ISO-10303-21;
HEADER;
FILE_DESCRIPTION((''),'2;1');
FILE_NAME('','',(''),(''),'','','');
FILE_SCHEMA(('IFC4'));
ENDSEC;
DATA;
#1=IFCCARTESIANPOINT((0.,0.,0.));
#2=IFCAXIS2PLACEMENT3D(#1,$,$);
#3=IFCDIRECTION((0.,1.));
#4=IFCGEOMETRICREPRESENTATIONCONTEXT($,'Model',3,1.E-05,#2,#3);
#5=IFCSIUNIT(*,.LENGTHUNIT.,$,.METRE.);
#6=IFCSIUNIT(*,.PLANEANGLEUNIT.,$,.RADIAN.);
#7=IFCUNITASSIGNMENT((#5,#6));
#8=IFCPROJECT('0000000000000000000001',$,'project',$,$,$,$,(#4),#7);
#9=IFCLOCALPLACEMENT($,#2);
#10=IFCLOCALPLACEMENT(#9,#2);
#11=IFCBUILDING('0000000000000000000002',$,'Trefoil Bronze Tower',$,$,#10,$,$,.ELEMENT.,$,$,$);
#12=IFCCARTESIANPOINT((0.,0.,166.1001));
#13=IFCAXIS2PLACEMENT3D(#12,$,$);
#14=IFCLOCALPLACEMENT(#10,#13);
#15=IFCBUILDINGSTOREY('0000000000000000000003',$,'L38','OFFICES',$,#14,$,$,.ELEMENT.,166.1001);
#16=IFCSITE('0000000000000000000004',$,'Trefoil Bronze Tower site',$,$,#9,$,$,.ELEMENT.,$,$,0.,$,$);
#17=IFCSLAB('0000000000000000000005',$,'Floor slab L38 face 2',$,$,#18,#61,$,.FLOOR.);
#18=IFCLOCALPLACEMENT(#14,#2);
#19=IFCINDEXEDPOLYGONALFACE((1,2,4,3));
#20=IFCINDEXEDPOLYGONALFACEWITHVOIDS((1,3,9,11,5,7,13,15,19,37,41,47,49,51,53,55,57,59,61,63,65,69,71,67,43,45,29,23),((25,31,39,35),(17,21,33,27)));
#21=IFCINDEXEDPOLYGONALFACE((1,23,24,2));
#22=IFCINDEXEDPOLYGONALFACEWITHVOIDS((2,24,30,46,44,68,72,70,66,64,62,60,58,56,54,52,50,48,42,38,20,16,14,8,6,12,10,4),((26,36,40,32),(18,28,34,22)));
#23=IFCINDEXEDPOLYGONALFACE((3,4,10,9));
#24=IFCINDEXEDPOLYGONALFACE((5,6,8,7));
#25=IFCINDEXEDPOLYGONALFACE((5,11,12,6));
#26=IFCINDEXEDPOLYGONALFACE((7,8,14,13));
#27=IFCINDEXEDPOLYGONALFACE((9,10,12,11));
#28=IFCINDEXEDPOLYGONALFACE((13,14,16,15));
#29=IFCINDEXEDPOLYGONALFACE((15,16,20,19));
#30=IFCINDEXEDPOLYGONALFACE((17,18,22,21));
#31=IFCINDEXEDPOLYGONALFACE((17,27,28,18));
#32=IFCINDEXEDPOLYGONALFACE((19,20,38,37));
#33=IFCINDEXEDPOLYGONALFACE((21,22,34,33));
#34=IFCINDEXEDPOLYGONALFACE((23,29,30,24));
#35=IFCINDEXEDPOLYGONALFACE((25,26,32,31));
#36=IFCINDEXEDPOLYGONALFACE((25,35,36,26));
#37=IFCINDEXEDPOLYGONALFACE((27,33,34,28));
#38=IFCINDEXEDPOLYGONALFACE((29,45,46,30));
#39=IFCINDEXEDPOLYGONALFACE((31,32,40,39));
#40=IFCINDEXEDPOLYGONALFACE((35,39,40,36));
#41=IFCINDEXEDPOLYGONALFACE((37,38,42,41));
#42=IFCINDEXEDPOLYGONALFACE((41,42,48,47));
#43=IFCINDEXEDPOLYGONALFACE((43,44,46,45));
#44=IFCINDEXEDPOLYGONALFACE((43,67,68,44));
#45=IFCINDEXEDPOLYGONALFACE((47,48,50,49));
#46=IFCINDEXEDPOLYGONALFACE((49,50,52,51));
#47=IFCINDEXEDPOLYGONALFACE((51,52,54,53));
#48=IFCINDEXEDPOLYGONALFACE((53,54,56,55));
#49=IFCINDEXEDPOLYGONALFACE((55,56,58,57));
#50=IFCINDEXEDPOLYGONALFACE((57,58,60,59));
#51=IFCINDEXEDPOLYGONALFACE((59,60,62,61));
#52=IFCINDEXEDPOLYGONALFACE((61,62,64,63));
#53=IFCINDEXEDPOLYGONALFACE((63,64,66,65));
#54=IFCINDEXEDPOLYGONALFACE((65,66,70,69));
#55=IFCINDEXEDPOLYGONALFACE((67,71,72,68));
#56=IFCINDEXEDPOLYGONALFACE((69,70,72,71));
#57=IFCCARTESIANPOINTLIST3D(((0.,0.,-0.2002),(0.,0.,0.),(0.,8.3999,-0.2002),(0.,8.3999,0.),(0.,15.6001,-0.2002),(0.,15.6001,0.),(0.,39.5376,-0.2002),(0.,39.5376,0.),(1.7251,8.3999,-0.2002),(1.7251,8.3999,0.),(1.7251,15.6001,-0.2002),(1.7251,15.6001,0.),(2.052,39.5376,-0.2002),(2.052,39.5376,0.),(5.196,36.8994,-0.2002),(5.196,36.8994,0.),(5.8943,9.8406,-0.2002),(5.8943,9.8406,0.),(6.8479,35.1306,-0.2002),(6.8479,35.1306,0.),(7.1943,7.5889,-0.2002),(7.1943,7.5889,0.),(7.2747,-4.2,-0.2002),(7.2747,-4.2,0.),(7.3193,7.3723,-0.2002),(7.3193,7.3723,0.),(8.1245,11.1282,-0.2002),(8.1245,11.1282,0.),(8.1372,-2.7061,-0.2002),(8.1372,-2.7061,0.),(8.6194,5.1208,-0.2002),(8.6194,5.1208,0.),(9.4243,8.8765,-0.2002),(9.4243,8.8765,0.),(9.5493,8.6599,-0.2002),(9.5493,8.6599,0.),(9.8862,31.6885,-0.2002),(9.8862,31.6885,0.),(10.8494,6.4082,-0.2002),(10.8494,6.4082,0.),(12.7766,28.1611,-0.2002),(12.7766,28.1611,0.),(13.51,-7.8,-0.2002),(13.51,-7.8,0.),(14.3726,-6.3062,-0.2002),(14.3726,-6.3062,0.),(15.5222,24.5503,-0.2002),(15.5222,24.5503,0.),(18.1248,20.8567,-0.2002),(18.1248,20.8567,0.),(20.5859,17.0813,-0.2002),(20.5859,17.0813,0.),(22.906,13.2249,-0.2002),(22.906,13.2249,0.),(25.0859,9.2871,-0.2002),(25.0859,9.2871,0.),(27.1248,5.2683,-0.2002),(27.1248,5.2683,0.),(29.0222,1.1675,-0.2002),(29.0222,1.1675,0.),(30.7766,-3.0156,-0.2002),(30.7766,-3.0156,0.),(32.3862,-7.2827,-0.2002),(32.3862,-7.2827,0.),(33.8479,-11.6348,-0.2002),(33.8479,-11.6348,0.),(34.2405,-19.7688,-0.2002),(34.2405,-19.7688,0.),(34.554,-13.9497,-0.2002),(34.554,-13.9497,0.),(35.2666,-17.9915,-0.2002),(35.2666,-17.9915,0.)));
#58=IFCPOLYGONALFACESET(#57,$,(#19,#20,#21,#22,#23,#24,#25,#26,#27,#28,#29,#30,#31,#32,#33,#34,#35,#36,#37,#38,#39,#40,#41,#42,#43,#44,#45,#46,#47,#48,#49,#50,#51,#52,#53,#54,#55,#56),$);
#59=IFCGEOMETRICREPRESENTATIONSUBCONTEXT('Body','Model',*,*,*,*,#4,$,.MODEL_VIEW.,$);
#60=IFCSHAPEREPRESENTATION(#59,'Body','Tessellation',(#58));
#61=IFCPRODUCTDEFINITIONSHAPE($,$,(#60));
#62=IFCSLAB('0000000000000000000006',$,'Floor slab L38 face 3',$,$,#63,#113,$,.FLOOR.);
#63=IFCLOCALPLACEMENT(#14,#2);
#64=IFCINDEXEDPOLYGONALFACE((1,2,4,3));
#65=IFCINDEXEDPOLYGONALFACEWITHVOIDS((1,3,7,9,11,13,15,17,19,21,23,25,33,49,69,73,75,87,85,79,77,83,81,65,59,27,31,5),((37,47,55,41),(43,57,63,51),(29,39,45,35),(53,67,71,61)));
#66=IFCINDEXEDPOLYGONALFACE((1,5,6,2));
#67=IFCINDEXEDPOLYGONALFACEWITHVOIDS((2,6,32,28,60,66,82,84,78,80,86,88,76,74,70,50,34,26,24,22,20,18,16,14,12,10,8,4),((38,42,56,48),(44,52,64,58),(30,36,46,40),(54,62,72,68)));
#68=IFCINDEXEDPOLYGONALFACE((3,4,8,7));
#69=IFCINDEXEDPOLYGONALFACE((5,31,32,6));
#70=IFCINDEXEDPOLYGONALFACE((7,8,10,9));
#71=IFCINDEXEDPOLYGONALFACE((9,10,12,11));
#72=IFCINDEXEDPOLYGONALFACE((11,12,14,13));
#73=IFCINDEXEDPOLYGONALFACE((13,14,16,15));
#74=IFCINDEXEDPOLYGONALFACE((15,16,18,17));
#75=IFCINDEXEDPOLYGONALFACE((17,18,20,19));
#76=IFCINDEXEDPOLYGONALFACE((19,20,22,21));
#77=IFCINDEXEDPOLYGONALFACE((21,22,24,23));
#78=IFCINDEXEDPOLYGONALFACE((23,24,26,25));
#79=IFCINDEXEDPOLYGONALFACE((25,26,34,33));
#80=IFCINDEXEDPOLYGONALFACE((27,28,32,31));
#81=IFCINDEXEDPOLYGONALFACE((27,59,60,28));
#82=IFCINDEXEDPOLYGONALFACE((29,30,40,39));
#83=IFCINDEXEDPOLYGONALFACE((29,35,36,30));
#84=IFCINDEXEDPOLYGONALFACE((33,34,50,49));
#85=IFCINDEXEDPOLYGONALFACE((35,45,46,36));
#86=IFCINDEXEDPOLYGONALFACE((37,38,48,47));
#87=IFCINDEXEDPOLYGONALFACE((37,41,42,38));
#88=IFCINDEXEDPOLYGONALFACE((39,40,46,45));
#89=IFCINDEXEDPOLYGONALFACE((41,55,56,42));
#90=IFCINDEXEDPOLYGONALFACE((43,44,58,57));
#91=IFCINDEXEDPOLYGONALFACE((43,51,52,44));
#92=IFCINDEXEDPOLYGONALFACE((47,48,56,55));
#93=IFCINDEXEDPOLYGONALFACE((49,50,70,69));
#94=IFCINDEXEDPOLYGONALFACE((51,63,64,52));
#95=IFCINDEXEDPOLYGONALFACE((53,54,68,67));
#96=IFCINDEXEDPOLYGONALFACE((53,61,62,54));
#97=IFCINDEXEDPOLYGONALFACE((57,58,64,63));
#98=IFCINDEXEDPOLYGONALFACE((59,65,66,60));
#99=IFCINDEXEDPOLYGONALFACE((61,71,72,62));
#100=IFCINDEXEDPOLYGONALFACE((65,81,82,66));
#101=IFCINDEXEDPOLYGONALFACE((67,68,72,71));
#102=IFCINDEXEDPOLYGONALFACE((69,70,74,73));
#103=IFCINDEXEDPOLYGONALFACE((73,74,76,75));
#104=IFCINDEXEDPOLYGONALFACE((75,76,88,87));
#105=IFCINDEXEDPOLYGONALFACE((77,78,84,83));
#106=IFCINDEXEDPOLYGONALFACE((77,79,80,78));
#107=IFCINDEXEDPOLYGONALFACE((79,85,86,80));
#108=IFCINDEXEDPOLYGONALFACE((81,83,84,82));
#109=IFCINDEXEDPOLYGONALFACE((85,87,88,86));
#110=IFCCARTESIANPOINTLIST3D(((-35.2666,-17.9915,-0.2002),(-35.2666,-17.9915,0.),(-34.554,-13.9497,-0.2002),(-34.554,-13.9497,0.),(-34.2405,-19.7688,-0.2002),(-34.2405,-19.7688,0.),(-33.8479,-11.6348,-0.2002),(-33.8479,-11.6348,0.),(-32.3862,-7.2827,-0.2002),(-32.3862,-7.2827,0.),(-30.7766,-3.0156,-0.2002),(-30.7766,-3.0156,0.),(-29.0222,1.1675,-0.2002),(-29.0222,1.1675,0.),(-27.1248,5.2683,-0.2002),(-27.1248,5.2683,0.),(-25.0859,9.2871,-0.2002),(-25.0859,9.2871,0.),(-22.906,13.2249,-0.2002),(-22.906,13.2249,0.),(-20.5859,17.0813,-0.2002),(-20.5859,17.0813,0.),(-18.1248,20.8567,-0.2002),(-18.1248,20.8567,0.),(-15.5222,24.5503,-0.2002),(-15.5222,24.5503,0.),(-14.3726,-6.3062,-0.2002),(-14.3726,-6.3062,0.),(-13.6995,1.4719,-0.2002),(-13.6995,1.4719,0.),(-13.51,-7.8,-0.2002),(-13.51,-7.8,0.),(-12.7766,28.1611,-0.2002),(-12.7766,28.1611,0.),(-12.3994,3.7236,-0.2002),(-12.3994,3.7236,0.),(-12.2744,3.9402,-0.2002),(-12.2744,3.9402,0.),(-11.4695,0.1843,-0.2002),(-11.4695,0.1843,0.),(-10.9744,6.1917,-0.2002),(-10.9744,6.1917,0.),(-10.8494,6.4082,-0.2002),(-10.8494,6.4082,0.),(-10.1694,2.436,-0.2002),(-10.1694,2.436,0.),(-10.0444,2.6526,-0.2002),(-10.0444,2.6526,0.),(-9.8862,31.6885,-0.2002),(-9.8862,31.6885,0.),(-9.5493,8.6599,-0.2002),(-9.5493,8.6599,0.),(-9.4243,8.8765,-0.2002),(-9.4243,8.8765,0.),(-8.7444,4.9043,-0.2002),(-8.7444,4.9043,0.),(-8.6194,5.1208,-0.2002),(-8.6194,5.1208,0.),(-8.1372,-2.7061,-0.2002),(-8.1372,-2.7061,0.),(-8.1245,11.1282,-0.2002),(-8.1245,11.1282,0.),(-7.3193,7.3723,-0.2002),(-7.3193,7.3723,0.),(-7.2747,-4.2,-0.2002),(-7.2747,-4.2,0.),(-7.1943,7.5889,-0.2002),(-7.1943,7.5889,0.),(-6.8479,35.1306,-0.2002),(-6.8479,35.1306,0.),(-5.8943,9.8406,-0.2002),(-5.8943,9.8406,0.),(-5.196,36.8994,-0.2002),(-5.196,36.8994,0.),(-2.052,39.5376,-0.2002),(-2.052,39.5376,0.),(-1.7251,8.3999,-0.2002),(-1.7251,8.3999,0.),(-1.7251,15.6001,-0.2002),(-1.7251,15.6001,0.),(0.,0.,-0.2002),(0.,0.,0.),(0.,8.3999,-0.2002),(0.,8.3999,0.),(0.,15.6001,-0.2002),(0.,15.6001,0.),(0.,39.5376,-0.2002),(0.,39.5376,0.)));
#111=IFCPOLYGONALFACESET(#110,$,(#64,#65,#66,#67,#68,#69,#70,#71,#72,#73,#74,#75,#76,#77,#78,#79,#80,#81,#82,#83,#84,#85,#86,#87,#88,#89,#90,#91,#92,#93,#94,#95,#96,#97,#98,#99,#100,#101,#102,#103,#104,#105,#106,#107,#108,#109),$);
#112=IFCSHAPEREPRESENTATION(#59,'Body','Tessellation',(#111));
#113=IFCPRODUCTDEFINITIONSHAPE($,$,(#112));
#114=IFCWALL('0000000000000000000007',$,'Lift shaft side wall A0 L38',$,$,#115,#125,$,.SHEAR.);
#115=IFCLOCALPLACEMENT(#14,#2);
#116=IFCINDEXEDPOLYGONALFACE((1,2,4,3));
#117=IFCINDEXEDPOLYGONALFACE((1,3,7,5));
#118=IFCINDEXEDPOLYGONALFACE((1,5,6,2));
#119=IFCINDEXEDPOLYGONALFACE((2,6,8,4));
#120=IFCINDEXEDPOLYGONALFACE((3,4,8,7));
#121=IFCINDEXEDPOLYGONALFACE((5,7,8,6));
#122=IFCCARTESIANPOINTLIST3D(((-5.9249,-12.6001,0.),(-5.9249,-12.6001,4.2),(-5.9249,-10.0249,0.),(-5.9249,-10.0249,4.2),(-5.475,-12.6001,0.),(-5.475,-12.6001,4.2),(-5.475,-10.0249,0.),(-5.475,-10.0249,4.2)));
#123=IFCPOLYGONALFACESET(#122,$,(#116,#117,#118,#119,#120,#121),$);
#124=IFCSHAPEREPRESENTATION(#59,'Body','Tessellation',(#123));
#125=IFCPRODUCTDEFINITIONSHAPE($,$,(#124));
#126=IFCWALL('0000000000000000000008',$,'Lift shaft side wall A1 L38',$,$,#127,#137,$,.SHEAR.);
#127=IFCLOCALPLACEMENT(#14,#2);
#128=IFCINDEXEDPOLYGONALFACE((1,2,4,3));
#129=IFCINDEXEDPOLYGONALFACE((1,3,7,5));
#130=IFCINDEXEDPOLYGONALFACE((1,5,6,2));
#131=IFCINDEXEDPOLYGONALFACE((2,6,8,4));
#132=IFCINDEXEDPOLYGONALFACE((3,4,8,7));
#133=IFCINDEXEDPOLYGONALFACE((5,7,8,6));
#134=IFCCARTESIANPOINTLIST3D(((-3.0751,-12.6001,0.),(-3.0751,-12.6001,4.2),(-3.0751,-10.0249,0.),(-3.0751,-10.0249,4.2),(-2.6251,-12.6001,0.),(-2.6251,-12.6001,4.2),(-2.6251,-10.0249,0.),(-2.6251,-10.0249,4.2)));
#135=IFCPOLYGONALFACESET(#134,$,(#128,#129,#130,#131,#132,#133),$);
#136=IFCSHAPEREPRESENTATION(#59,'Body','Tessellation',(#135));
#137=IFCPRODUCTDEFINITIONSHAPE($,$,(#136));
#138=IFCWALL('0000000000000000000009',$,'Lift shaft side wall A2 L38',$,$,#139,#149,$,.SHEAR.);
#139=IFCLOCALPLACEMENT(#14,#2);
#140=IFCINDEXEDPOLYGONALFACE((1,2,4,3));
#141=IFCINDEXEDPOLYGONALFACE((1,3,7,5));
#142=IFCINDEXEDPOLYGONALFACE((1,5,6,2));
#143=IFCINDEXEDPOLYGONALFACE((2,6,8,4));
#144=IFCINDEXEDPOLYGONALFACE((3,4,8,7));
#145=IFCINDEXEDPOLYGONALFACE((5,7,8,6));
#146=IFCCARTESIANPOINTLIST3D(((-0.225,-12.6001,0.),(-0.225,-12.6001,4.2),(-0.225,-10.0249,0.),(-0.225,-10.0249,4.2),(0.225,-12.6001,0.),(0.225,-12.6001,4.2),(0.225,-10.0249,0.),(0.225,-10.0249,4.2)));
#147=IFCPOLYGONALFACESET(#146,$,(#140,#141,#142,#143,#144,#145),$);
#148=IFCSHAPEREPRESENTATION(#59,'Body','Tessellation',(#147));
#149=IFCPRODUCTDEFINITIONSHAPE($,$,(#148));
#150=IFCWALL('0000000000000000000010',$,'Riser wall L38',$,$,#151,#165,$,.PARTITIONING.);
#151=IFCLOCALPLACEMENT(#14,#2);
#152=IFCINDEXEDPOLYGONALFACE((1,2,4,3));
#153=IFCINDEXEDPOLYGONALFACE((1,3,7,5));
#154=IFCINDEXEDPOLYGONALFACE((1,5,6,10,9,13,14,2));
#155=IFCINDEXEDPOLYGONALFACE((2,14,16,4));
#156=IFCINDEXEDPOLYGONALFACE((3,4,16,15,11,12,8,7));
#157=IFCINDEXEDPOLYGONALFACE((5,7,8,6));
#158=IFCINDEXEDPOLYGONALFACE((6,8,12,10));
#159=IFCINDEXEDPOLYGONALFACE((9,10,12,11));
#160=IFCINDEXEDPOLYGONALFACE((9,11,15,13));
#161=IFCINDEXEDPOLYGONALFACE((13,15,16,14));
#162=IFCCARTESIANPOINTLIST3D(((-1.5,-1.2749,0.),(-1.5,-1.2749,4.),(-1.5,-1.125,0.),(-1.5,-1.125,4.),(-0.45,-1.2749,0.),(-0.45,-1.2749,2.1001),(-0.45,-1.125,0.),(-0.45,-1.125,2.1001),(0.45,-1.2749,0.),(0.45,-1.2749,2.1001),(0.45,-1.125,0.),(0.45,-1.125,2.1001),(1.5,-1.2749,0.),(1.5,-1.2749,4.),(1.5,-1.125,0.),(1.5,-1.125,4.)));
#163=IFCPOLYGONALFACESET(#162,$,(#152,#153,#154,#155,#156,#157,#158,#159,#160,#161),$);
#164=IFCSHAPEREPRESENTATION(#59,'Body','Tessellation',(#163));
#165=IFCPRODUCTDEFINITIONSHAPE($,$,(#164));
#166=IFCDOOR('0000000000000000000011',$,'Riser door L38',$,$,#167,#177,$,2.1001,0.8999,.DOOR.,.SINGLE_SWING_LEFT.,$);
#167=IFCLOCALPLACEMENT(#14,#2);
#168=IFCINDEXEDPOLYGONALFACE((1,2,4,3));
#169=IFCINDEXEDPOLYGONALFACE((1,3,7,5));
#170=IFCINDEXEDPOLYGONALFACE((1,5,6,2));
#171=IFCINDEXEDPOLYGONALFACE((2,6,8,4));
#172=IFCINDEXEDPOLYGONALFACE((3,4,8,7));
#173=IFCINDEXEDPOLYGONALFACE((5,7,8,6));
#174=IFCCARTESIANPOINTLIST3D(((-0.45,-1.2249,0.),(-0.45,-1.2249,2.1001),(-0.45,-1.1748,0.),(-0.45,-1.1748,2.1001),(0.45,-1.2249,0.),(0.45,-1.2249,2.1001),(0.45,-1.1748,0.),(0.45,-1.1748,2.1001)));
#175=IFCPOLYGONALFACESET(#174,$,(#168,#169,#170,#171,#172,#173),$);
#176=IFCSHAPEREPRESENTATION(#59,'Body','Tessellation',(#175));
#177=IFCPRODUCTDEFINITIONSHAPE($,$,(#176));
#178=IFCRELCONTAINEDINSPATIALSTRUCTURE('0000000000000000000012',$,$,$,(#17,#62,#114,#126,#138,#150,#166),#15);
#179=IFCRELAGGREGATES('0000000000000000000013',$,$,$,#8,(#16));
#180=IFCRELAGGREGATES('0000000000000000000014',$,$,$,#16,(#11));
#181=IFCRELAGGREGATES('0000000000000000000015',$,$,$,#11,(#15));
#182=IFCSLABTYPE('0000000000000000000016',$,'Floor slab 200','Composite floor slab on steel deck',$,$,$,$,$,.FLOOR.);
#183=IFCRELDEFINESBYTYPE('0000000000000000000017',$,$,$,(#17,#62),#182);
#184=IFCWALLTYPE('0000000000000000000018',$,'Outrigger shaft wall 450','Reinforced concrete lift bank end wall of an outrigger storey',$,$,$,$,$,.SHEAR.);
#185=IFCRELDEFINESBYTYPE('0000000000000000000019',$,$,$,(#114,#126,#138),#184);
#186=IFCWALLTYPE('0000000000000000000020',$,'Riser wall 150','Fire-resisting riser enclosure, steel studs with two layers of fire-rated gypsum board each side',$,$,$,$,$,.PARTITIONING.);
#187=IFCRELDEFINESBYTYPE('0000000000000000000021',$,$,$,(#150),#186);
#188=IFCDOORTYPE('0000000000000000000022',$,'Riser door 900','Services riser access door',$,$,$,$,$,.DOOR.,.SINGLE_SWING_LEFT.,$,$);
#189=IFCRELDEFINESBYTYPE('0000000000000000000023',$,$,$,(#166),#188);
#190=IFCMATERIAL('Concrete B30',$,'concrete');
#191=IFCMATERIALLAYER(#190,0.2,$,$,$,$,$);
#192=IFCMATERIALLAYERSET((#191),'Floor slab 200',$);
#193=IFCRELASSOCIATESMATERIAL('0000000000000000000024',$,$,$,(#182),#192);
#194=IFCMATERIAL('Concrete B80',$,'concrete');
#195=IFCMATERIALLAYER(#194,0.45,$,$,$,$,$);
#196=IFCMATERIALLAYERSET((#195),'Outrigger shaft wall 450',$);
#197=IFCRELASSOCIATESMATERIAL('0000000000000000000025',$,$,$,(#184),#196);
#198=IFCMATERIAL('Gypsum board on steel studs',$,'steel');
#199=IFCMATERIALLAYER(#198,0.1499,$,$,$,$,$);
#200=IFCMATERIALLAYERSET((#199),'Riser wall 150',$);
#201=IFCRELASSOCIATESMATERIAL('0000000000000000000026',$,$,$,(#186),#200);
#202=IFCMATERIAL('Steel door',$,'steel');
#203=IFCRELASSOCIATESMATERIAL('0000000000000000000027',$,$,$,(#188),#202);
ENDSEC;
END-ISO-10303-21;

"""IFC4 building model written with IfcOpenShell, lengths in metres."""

from ifc_helpers import new_model, si_unit, direction, frame, frame_2d, origin, place, context, subcontext, project, spatial, polyline, rectangle, outline, extrude, material, layer, layer_set, type_object, element, fill, save


model = new_model("IFC4")

# Units and contexts
model_context = context("Model", 3, precision=1e-05, world=origin(), true_north=direction((0.0, 1.0)))
body_context = subcontext(model_context, "Body", "Model", "MODEL_VIEW")
ifc_project = project(units=[si_unit("LENGTHUNIT", "METRE"), si_unit("PLANEANGLEUNIT", "RADIAN")], contexts=[model_context])

# Site, building, storey
site_placement = place(None, origin())
site = spatial("IfcSite", under=ifc_project, at=site_placement, Name="Trefoil Bronze Tower site", CompositionType="ELEMENT", RefElevation=0.0)
building_placement = place(site_placement, origin())
building = spatial("IfcBuilding", under=site, at=building_placement, Name="Trefoil Bronze Tower", CompositionType="ELEMENT")
storey_placement = place(building_placement, frame((0.0, 0.0, 166.1001)))
storey = spatial("IfcBuildingStorey", under=building, at=storey_placement, Name="L38", Description="OFFICES", CompositionType="ELEMENT", Elevation=166.1001)

# Slabs
ifc_material_1 = material(Name="Concrete B30", Category="concrete")
ifc_layer_1 = layer(ifc_material_1, 0.2)
ifc_layer_set_1 = layer_set([ifc_layer_1], Name="Floor slab 200")
slab_type = type_object("IfcSlabType", Name="Floor slab 200", Description="Composite floor slab on steel deck", PredefinedType="FLOOR", material=ifc_layer_set_1)
slab_1_placement = place(storey_placement, frame((0.0, 0.0, -0.2002)))
element("IfcSlab", 1, at=slab_1_placement, inside=storey, type_object=slab_type, Name="Floor slab L38 face 2", PredefinedType="FLOOR", context=body_context, shape_type="SweptSolid", body=[
    extrude(outline(polyline([(9.8862, 31.6885), (12.7766, 28.1611), (15.5222, 24.5503), (18.1248, 20.8567), (20.5859, 17.0813), (22.906, 13.2249), (25.0859, 9.2871), (27.1248, 5.2683), (29.0222, 1.1675), (30.7766, -3.0156), (32.3862, -7.2827), (33.8479, -11.6348), (34.554, -13.9497), (35.2666, -17.9915), (34.2405, -19.7688), (13.51, -7.8), (14.3726, -6.3062), (8.1372, -2.7061), (7.2747, -4.2), (0.0, 0.0), (0.0, 8.3999), (1.7251, 8.3999), (1.7251, 15.6001), (0.0, 15.6001), (0.0, 39.5376), (2.052, 39.5376), (5.196, 36.8994), (6.8479, 35.1306), (9.8862, 31.6885)]), holes=[polyline([(8.6194, 5.1208), (7.3193, 7.3723), (9.5493, 8.6599), (10.8494, 6.4082), (8.6194, 5.1208)]), polyline([(7.1943, 7.5889), (5.8943, 9.8406), (8.1245, 11.1282), (9.4243, 8.8765), (7.1943, 7.5889)])]), origin(), (0.0, 0.0, 1.0), 0.2002),
])
slab_2_placement = place(storey_placement, frame((0.0, 0.0, -0.2002)))
element("IfcSlab", 2, at=slab_2_placement, inside=storey, type_object=slab_type, Name="Floor slab L38 face 3", PredefinedType="FLOOR", context=body_context, shape_type="SweptSolid", body=[
    extrude(outline(polyline([(-32.3862, -7.2827), (-30.7766, -3.0156), (-29.0222, 1.1675), (-27.1248, 5.2683), (-25.0859, 9.2871), (-22.906, 13.2249), (-20.5859, 17.0813), (-18.1248, 20.8567), (-15.5222, 24.5503), (-12.7766, 28.1611), (-9.8862, 31.6885), (-6.8479, 35.1306), (-5.196, 36.8994), (-2.052, 39.5376), (0.0, 39.5376), (0.0, 15.6001), (-1.7251, 15.6001), (-1.7251, 8.3999), (0.0, 8.3999), (0.0, 0.0), (-7.2747, -4.2), (-8.1372, -2.7061), (-14.3726, -6.3062), (-13.51, -7.8), (-34.2405, -19.7688), (-35.2666, -17.9915), (-34.554, -13.9497), (-33.8479, -11.6348), (-32.3862, -7.2827)]), holes=[polyline([(-5.8943, 9.8406), (-7.1943, 7.5889), (-9.4243, 8.8765), (-8.1245, 11.1282), (-5.8943, 9.8406)]), polyline([(-7.3193, 7.3723), (-8.6194, 5.1208), (-10.8494, 6.4082), (-9.5493, 8.6599), (-7.3193, 7.3723)]), polyline([(-8.7444, 4.9043), (-10.0444, 2.6526), (-12.2744, 3.9402), (-10.9744, 6.1917), (-8.7444, 4.9043)]), polyline([(-10.1694, 2.436), (-11.4695, 0.1843), (-13.6995, 1.4719), (-12.3994, 3.7236), (-10.1694, 2.436)])]), origin(), (0.0, 0.0, 1.0), 0.2002),
])

# Walls
ifc_material_2 = material(Name="Concrete B80", Category="concrete")
ifc_layer_2 = layer(ifc_material_2, 0.45)
ifc_layer_set_2 = layer_set([ifc_layer_2], Name="Outrigger shaft wall 450")
wall_type_1 = type_object("IfcWallType", Name="Outrigger shaft wall 450", Description="Reinforced concrete lift bank end wall of an outrigger storey", PredefinedType="SHEAR", material=ifc_layer_set_2)
for number, where, z_axis, x_axis, name in (
    (3, (-5.7, -10.0249, 0.0), (0.0, 0.0, 1.0), (0.0, -1.0, 0.0), "Lift shaft side wall A0 L38"),
    (4, (-2.8501, -10.0249, 0.0), (0.0, 0.0, 1.0), (0.0, -1.0, 0.0), "Lift shaft side wall A1 L38"),
    (5, (0.0, -10.0249, 0.0), (0.0, 0.0, 1.0), (0.0, -1.0, 0.0), "Lift shaft side wall A2 L38"),
):
    element("IfcWall", number, at=place(storey_placement, frame(where, z_axis=z_axis, x_axis=x_axis)), inside=storey, type_object=wall_type_1, Name=name, PredefinedType="SHEAR", context=body_context, shape_type="SweptSolid", body=[
        extrude(rectangle(XDim=2.5752, YDim=0.45, at=frame_2d((1.2876, 0.0))), origin(), (0.0, 0.0, 1.0), 4.2),
    ])

# Wall, opening, door
ifc_material_3 = material(Name="Gypsum board on steel studs", Category="steel")
ifc_layer_3 = layer(ifc_material_3, 0.1499)
ifc_layer_set_3 = layer_set([ifc_layer_3], Name="Riser wall 150")
wall_type_2 = type_object("IfcWallType", Name="Riser wall 150", Description="Fire-resisting riser enclosure, steel studs with two layers of fire-rated gypsum board each side", PredefinedType="PARTITIONING", material=ifc_layer_set_3)
wall_1_placement = place(storey_placement, frame((-1.5, -1.2, 0.0), z_axis=(0.0, 0.0, 1.0), x_axis=(1.0, 0.0, 0.0)))
wall_1 = element("IfcWall", 6, at=wall_1_placement, inside=storey, type_object=wall_type_2, Name="Riser wall L38", PredefinedType="PARTITIONING", context=body_context, shape_type="SweptSolid", body=[
    extrude(rectangle(XDim=3.0, YDim=0.1499, at=frame_2d((1.5, 0.0))), origin(), (0.0, 0.0, 1.0), 4.0),
])
opening_1_placement = place(wall_1_placement, frame((1.05, 0.0, 0.0)))
opening_1 = element("IfcOpeningElement", 7, at=opening_1_placement, cuts=wall_1, PredefinedType="OPENING", context=body_context, shape_type="SweptSolid", body=[
    extrude(rectangle(XDim=0.8999, YDim=2.1001, at=frame_2d((0.45, 1.05))), frame((0.0, 0.085, 0.0), z_axis=(0.0, -1.0, 0.0), x_axis=(1.0, 0.0, 0.0)), (0.0, 0.0, 1.0), 0.1699),
])
ifc_material_4 = material(Name="Steel door", Category="steel")
door_type_1 = type_object("IfcDoorType", Name="Riser door 900", Description="Services riser access door", OperationType="SINGLE_SWING_LEFT", PredefinedType="DOOR", material=ifc_material_4)
door_1_placement = place(opening_1_placement, frame((0.8999, 0.0, 0.0), z_axis=(0.0, 0.0, 1.0), x_axis=(-1.0, 0.0, 0.0)))
door_1 = element("IfcDoor", 8, at=door_1_placement, inside=storey, type_object=door_type_1, Name="Riser door L38", OperationType="SINGLE_SWING_LEFT", OverallHeight=2.1001, OverallWidth=0.8999, PredefinedType="DOOR", context=body_context, shape_type="SweptSolid", body=[
    extrude(rectangle(XDim=0.8999, YDim=2.1001, at=frame_2d((0.45, 1.05))), frame((0.0, 0.0249, 0.0), z_axis=(0.0, -1.0, 0.0), x_axis=(1.0, 0.0, 0.0)), (0.0, 0.0, 1.0), 0.05),
])
fill(opening_1, door_1)

save(model, "model.ifc")
